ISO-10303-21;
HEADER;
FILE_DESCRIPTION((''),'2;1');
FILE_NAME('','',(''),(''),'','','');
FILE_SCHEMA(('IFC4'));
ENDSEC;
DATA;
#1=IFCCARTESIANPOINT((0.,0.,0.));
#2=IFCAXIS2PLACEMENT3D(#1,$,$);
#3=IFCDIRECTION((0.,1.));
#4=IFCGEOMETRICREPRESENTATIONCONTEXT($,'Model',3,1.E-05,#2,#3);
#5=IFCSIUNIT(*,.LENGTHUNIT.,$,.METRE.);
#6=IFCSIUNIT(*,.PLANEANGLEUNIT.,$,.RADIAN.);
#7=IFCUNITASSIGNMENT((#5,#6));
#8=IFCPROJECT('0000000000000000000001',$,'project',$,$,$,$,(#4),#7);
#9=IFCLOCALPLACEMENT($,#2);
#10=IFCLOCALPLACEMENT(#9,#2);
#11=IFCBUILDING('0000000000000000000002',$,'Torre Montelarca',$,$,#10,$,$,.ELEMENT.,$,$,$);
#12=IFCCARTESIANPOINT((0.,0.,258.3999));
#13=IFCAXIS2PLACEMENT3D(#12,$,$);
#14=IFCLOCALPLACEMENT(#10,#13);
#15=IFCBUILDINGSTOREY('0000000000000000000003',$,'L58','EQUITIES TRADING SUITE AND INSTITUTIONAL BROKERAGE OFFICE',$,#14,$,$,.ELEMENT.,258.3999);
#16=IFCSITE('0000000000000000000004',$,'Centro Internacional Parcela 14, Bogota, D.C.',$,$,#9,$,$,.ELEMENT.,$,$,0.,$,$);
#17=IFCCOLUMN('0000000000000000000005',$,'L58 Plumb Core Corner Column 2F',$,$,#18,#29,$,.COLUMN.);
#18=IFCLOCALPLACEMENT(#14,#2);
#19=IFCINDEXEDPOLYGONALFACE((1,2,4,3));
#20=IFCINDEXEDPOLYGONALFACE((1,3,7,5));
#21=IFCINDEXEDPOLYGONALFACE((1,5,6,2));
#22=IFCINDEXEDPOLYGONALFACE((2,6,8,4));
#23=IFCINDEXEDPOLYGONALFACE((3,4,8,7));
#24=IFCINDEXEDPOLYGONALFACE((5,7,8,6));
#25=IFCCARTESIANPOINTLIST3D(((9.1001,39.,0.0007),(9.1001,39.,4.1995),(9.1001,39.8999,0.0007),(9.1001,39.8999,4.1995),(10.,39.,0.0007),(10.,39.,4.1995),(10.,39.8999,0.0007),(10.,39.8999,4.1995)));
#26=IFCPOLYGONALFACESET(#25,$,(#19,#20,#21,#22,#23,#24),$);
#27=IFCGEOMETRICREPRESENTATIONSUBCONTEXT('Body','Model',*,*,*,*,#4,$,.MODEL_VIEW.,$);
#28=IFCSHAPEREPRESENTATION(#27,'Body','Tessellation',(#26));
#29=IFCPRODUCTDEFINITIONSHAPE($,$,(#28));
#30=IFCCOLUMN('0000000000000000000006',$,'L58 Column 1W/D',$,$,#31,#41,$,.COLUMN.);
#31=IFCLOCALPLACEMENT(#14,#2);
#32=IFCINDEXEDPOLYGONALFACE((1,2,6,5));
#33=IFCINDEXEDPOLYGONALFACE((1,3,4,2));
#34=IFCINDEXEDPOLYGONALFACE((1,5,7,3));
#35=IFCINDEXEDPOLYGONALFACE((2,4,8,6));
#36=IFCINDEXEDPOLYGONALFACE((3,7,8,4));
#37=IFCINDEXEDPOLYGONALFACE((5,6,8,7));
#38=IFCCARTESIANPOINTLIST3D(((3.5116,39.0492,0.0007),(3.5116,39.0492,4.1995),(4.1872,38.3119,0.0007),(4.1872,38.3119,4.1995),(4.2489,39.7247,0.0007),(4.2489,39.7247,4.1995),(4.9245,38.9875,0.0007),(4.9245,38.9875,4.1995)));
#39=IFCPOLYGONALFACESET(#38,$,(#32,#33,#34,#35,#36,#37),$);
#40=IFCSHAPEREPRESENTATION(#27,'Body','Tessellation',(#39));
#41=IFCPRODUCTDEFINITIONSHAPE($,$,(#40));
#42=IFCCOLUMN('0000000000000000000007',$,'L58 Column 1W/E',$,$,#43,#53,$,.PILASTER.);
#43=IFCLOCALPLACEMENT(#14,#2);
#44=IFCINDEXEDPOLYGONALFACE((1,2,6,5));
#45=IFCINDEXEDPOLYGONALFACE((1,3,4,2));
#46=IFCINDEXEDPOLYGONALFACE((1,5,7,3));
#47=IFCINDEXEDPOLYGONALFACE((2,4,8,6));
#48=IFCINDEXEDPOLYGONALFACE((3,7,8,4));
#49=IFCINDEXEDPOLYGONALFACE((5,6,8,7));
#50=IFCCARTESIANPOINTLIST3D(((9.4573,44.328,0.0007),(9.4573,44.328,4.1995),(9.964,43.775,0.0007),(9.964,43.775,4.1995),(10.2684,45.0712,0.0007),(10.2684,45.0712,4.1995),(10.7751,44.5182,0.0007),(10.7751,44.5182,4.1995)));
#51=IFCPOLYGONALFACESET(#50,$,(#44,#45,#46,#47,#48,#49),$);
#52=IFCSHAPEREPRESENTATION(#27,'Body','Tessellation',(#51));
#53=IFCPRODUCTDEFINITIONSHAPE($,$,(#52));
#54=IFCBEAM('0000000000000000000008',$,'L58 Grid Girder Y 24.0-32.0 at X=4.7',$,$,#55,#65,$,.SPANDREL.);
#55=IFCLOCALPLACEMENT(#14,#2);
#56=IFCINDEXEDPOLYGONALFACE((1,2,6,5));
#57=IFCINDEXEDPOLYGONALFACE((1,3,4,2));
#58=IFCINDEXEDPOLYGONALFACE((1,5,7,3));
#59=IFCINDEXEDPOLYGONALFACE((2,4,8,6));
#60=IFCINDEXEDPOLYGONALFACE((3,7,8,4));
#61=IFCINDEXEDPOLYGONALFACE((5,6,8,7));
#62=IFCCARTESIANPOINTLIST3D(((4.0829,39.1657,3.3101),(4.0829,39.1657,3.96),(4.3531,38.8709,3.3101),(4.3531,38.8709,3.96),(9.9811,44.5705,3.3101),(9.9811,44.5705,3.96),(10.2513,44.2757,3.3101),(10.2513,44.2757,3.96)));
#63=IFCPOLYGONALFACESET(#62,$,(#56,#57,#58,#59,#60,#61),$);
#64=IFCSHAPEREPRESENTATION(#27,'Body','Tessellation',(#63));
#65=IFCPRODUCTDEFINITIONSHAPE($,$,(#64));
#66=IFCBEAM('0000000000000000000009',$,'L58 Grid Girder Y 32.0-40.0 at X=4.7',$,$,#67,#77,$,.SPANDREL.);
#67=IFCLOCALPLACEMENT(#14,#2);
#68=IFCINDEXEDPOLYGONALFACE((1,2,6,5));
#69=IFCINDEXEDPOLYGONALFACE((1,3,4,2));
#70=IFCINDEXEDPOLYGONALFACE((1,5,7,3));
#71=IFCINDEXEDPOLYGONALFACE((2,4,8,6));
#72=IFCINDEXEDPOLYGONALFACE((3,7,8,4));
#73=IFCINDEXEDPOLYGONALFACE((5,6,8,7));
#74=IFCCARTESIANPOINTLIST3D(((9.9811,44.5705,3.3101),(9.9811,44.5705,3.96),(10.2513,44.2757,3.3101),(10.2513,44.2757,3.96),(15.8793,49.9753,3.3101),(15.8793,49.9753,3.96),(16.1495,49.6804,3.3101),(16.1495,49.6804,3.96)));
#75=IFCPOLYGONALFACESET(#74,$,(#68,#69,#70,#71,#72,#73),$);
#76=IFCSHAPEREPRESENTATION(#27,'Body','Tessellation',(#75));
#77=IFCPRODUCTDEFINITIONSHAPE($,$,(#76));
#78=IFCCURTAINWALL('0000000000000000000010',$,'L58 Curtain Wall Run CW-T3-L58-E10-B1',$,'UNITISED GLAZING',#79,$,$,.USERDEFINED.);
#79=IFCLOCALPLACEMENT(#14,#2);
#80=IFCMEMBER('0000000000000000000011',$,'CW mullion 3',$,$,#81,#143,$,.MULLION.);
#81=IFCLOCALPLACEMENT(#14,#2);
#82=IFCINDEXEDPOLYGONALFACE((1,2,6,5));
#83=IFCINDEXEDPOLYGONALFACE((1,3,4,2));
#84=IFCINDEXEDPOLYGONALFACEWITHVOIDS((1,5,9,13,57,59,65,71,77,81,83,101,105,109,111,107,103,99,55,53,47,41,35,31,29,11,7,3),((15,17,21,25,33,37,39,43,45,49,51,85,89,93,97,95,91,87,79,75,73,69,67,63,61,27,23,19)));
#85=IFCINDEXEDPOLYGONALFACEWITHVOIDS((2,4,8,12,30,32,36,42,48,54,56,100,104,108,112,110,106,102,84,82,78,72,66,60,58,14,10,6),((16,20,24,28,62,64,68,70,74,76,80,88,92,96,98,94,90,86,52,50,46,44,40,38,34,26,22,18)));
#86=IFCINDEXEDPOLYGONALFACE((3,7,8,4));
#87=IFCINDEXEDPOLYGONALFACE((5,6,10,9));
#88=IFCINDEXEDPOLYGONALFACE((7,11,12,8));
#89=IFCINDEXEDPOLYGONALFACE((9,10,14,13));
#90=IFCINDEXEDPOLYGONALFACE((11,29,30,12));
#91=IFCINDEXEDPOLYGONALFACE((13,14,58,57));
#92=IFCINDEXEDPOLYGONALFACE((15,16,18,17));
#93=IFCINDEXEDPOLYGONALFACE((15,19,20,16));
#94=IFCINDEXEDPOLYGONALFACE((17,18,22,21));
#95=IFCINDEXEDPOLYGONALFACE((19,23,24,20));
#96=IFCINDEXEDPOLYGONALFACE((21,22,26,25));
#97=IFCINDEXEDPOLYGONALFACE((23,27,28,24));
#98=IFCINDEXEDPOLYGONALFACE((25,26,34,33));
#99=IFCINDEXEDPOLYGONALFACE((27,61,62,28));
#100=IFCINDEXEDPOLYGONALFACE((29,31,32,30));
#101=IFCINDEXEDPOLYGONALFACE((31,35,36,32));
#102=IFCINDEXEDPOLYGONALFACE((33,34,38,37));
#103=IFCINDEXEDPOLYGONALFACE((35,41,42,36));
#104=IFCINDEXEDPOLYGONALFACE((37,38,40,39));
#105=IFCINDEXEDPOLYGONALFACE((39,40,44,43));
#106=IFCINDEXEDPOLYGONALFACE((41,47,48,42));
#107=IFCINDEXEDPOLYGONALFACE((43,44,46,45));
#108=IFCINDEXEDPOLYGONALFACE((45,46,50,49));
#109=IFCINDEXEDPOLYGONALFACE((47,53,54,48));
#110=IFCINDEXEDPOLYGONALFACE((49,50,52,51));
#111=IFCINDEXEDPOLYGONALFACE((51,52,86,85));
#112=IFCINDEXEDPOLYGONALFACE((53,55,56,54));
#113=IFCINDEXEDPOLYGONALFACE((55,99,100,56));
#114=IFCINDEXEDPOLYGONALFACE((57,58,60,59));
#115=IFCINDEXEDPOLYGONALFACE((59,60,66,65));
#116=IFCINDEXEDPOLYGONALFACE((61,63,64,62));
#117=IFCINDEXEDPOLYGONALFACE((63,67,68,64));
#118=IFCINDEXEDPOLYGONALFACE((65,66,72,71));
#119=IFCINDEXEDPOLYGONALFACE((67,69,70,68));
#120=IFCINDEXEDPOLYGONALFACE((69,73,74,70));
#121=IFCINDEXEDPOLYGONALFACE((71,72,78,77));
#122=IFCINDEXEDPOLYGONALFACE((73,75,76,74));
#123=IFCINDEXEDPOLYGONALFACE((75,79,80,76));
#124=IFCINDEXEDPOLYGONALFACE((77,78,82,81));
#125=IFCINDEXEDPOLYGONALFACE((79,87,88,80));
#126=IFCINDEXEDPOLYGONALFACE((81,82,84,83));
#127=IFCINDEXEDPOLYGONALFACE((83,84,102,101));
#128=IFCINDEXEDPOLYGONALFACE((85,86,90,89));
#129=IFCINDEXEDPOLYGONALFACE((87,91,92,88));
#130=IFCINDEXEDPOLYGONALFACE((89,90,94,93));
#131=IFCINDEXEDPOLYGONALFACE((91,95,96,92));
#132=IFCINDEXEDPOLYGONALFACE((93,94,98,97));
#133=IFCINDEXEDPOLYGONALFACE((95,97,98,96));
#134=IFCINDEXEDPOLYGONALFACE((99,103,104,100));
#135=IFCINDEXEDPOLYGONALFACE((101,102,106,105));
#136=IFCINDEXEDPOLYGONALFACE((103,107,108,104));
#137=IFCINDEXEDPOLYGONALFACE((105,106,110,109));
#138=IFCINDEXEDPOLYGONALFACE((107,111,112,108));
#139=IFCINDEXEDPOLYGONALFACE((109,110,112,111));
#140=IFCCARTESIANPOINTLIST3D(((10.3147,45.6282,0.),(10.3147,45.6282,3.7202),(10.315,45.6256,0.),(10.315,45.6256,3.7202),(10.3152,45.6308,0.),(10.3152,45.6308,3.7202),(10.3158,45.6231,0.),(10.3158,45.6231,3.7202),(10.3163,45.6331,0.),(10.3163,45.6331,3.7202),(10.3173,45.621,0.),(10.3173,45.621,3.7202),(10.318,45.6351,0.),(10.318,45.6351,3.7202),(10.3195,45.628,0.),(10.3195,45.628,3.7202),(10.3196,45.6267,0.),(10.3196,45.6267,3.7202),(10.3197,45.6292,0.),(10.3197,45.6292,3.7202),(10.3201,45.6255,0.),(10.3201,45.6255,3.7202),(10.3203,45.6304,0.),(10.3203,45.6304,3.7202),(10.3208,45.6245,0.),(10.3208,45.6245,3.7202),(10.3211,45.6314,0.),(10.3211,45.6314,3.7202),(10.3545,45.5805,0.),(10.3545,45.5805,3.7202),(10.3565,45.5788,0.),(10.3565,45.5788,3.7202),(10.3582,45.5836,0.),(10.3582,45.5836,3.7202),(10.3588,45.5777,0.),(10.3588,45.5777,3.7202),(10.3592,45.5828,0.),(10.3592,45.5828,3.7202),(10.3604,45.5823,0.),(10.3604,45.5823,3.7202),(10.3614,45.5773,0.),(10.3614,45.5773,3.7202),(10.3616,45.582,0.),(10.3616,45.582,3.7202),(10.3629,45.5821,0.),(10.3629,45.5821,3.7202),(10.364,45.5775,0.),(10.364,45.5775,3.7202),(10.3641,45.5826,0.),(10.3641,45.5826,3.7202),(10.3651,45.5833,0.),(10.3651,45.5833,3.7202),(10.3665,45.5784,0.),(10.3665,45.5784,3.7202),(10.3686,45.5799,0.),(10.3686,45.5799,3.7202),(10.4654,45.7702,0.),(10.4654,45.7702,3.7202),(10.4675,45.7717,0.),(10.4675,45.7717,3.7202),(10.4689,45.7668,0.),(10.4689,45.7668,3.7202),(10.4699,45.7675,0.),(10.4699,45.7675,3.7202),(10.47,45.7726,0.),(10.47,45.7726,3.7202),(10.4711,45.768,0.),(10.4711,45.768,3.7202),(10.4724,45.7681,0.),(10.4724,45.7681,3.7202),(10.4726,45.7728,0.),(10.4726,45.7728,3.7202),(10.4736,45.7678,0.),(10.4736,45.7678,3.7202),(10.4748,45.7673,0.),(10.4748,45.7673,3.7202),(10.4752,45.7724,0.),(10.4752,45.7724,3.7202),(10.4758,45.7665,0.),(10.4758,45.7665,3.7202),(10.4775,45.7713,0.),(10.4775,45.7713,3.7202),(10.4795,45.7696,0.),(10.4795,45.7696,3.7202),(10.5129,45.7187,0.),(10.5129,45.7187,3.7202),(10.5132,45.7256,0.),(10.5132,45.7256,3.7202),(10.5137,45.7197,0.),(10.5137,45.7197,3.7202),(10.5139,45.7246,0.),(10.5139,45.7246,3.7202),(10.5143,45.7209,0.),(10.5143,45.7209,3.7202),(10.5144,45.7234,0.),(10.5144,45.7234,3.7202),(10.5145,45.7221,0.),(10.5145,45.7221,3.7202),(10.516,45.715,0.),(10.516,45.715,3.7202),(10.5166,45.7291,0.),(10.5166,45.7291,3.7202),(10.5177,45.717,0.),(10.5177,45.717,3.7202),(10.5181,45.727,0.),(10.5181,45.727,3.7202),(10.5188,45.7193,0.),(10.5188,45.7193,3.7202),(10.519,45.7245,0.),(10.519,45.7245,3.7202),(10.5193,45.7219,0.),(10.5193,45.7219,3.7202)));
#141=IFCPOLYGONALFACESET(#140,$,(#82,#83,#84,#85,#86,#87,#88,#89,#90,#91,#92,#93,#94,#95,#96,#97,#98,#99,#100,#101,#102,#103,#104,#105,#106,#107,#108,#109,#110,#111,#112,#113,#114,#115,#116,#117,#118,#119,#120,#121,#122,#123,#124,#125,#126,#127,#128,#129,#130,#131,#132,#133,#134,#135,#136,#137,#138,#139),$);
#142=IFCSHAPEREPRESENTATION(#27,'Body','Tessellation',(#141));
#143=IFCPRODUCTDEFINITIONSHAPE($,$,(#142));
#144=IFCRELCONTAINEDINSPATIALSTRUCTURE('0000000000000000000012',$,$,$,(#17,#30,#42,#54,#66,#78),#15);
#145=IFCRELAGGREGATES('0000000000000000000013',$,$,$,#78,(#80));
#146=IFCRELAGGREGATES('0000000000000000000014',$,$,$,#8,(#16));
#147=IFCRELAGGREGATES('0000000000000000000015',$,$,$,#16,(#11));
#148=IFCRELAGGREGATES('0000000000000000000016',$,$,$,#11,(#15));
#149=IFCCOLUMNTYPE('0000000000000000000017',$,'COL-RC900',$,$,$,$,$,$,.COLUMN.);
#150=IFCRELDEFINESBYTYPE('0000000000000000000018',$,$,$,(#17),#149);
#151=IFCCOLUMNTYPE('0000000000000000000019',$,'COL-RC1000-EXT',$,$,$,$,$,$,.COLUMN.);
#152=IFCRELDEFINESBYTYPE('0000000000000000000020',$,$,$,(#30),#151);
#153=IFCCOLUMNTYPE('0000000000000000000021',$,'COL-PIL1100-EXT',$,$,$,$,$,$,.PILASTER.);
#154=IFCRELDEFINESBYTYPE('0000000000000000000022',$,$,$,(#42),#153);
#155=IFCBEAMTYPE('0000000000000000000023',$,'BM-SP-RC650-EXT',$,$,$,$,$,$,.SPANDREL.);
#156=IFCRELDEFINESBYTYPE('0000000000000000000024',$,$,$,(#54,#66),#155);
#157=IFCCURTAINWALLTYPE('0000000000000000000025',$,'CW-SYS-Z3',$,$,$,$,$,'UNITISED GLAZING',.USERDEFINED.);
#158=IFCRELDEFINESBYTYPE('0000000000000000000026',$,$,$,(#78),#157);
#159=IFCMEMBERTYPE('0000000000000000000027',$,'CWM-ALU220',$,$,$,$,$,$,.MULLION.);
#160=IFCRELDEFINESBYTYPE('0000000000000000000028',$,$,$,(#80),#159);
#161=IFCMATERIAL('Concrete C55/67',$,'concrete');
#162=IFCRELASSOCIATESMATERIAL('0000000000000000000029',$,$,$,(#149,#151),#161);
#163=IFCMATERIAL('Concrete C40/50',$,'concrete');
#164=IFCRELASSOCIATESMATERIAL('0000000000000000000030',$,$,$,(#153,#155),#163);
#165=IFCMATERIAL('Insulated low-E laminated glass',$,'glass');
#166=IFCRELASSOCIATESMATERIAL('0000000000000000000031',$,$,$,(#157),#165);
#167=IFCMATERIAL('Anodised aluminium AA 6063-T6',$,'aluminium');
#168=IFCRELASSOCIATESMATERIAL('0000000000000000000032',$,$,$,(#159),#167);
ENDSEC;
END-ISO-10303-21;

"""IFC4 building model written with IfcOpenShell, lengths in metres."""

from ifc_helpers import new_model, si_unit, direction, frame, origin, origin_2d, place, context, subcontext, project, spatial, rectangle, hollow_rectangle, extrude, source, transform, mapped, material, material_profile, profile_set, type_object, element, aggregate, save


model = new_model("IFC4")

# Units and contexts
model_context = context("Model", 3, precision=1e-05, world=origin(), true_north=direction((0.0, 1.0)))
body_context = subcontext(model_context, "Body", "Model", "MODEL_VIEW")
ifc_project = project(units=[si_unit("LENGTHUNIT", "METRE"), si_unit("PLANEANGLEUNIT", "RADIAN")], contexts=[model_context])

# Site, building, storey
site_placement = place(None, origin())
site = spatial("IfcSite", under=ifc_project, at=site_placement, Name="Centro Internacional Parcela 14, Bogota, D.C.", CompositionType="ELEMENT", RefElevation=0.0)
building_placement = place(site_placement, origin())
building = spatial("IfcBuilding", under=site, at=building_placement, Name="Torre Montelarca", CompositionType="ELEMENT")
storey_placement = place(building_placement, frame((0.0, 0.0, 258.3999)))
storey = spatial("IfcBuildingStorey", under=building, at=storey_placement, Name="L58", Description="EQUITIES TRADING SUITE AND INSTITUTIONAL BROKERAGE OFFICE", CompositionType="ELEMENT", Elevation=258.3999)

# Columns
ifc_material_1 = material(Name="Concrete C55/67", Category="concrete")
ifc_material_profile_1 = material_profile(ifc_material_1, rectangle(XDim=0.8999, YDim=0.8999, at=origin_2d()), Name="RC900X900", Category="concrete")
ifc_profile_set_1 = profile_set([ifc_material_profile_1], Name="Concrete C55/67")
column_type_1 = type_object("IfcColumnType", Name="COL-RC900", PredefinedType="COLUMN", material=ifc_profile_set_1)
shared_shape_1 = source(origin(), body_context, "Body", "SweptSolid", [
    extrude(rectangle(XDim=0.8999, YDim=0.8999, at=origin_2d()), origin(), (0.0, 0.0, 1.0), 4.1987),
])
column_1_placement = place(storey_placement, frame((9.55, 39.45, 0.0007), z_axis=(0.0, 0.0, 1.0), x_axis=(1.0, 0.0, 0.0)))
element("IfcColumn", 1, at=column_1_placement, inside=storey, type_object=column_type_1, Name="L58 Plumb Core Corner Column 2F", PredefinedType="COLUMN", context=body_context, shape_type="MappedRepresentation", body=[
    mapped(shared_shape_1, transform((0.0, 0.0, 0.0), scale=1.0)),
])
ifc_material_profile_2 = material_profile(ifc_material_1, rectangle(XDim=1.0, YDim=1.0, at=origin_2d()), Name="RC1000X1000", Category="concrete")
ifc_profile_set_2 = profile_set([ifc_material_profile_2], Name="Concrete C55/67")
column_type_2 = type_object("IfcColumnType", Name="COL-RC1000-EXT", PredefinedType="COLUMN", material=ifc_profile_set_2)
shared_shape_2 = source(origin(), body_context, "Body", "SweptSolid", [
    extrude(rectangle(XDim=1.0, YDim=1.0, at=origin_2d()), origin(), (0.0, 0.0, 1.0), 4.1987),
])
column_2_placement = place(storey_placement, frame((4.218, 39.0183, 0.0007), z_axis=(0.0, 0.0, 1.0), x_axis=(-0.67559, 0.737277, 0.0)))
element("IfcColumn", 2, at=column_2_placement, inside=storey, type_object=column_type_2, Name="L58 Column 1W/D", PredefinedType="COLUMN", context=body_context, shape_type="MappedRepresentation", body=[
    mapped(shared_shape_2, transform((0.0, 0.0, 0.0), scale=1.0)),
])
ifc_material_2 = material(Name="Concrete C40/50", Category="concrete")
ifc_material_profile_3 = material_profile(ifc_material_2, rectangle(XDim=0.75, YDim=1.1001, at=origin_2d()), Name="RC1100X750", Category="concrete")
ifc_profile_set_3 = profile_set([ifc_material_profile_3], Name="Concrete C40/50")
column_type_3 = type_object("IfcColumnType", Name="COL-PIL1100-EXT", PredefinedType="PILASTER", material=ifc_profile_set_3)
shared_shape_3 = source(origin(), body_context, "Body", "SweptSolid", [
    extrude(rectangle(XDim=0.75, YDim=1.1001, at=origin_2d()), origin(), (0.0, 0.0, 1.0), 4.1987),
])
column_3_placement = place(storey_placement, frame((10.1162, 44.4231, 0.0007), z_axis=(0.0, 0.0, 1.0), x_axis=(-0.67559, 0.737277, 0.0)))
element("IfcColumn", 3, at=column_3_placement, inside=storey, type_object=column_type_3, Name="L58 Column 1W/E", PredefinedType="PILASTER", context=body_context, shape_type="MappedRepresentation", body=[
    mapped(shared_shape_3, transform((0.0, 0.0, 0.0), scale=1.0)),
])

# Beams
ifc_material_profile_4 = material_profile(ifc_material_2, rectangle(XDim=0.3999, YDim=0.6499, at=origin_2d()), Name="RCB400X650", Category="concrete")
ifc_profile_set_4 = profile_set([ifc_material_profile_4], Name="Concrete C40/50")
beam_type = type_object("IfcBeamType", Name="BM-SP-RC650-EXT", PredefinedType="SPANDREL", material=ifc_profile_set_4)
shared_shape_4 = source(origin(), body_context, "Body", "SweptSolid", [
    extrude(rectangle(XDim=0.3999, YDim=0.6499, at=origin_2d()), origin(), (0.0, 0.0, 1.0), 8.0),
])
for number, where, z_axis, x_axis, name in (
    (4, (4.218, 39.0183, 3.635), (0.737272, 0.675596, 0.0), (-0.675596, 0.737272, 0.0), "L58 Grid Girder Y 24.0-32.0 at X=4.7"),
    (5, (10.1162, 44.4231, 3.635), (0.737272, 0.675596, 0.0), (-0.675596, 0.737272, 0.0), "L58 Grid Girder Y 32.0-40.0 at X=4.7"),
):
    element("IfcBeam", number, at=place(storey_placement, frame(where, z_axis=z_axis, x_axis=x_axis)), inside=storey, type_object=beam_type, Name=name, PredefinedType="SPANDREL", context=body_context, shape_type="MappedRepresentation", body=[
        mapped(shared_shape_4, transform((0.0, 0.0, 0.0), scale=1.0)),
    ])

# Curtain wall, member
ifc_material_3 = material(Name="Insulated low-E laminated glass", Category="glass")
curtain_wall_type = type_object("IfcCurtainWallType", Name="CW-SYS-Z3", ElementType="UNITISED GLAZING", PredefinedType="USERDEFINED", material=ifc_material_3)
curtain_wall_1_placement = place(storey_placement, origin())
curtain_wall_1 = element("IfcCurtainWall", 6, at=curtain_wall_1_placement, inside=storey, type_object=curtain_wall_type, Name="L58 Curtain Wall Run CW-T3-L58-E10-B1", ObjectType="UNITISED GLAZING", PredefinedType="USERDEFINED")
ifc_material_4 = material(Name="Anodised aluminium AA 6063-T6", Category="aluminium")
ifc_material_profile_5 = material_profile(ifc_material_4, hollow_rectangle(XDim=0.075, YDim=0.22, WallThickness=0.0049, InnerFilletRadius=0.0049, OuterFilletRadius=0.01, at=origin_2d()), Name="ALU75X220X5", Category="aluminium")
ifc_profile_set_5 = profile_set([ifc_material_profile_5], Name="Anodised aluminium AA 6063-T6")
member_type_1 = type_object("IfcMemberType", Name="CWM-ALU220", PredefinedType="MULLION", material=ifc_profile_set_5)
shared_shape_5 = source(origin(), body_context, "Body", "SweptSolid", [
    extrude(hollow_rectangle(XDim=0.075, YDim=0.22, WallThickness=0.0049, InnerFilletRadius=0.0049, OuterFilletRadius=0.01, at=origin_2d()), origin(), (0.0, 0.0, 1.0), 3.7202),
])
member_1_placement = place(storey_placement, frame((10.417, 45.675, 0.0), z_axis=(0.0, 0.0, 1.0), x_axis=(0.675592, -0.737276, 0.0)))
member_1 = element("IfcMember", 7, at=member_1_placement, type_object=member_type_1, Name="CW mullion 3", PredefinedType="MULLION", context=body_context, shape_type="MappedRepresentation", body=[
    mapped(shared_shape_5, transform((0.0, 0.0, 0.0), scale=1.0)),
])

aggregate(curtain_wall_1, [member_1])

save(model, "model.ifc")
